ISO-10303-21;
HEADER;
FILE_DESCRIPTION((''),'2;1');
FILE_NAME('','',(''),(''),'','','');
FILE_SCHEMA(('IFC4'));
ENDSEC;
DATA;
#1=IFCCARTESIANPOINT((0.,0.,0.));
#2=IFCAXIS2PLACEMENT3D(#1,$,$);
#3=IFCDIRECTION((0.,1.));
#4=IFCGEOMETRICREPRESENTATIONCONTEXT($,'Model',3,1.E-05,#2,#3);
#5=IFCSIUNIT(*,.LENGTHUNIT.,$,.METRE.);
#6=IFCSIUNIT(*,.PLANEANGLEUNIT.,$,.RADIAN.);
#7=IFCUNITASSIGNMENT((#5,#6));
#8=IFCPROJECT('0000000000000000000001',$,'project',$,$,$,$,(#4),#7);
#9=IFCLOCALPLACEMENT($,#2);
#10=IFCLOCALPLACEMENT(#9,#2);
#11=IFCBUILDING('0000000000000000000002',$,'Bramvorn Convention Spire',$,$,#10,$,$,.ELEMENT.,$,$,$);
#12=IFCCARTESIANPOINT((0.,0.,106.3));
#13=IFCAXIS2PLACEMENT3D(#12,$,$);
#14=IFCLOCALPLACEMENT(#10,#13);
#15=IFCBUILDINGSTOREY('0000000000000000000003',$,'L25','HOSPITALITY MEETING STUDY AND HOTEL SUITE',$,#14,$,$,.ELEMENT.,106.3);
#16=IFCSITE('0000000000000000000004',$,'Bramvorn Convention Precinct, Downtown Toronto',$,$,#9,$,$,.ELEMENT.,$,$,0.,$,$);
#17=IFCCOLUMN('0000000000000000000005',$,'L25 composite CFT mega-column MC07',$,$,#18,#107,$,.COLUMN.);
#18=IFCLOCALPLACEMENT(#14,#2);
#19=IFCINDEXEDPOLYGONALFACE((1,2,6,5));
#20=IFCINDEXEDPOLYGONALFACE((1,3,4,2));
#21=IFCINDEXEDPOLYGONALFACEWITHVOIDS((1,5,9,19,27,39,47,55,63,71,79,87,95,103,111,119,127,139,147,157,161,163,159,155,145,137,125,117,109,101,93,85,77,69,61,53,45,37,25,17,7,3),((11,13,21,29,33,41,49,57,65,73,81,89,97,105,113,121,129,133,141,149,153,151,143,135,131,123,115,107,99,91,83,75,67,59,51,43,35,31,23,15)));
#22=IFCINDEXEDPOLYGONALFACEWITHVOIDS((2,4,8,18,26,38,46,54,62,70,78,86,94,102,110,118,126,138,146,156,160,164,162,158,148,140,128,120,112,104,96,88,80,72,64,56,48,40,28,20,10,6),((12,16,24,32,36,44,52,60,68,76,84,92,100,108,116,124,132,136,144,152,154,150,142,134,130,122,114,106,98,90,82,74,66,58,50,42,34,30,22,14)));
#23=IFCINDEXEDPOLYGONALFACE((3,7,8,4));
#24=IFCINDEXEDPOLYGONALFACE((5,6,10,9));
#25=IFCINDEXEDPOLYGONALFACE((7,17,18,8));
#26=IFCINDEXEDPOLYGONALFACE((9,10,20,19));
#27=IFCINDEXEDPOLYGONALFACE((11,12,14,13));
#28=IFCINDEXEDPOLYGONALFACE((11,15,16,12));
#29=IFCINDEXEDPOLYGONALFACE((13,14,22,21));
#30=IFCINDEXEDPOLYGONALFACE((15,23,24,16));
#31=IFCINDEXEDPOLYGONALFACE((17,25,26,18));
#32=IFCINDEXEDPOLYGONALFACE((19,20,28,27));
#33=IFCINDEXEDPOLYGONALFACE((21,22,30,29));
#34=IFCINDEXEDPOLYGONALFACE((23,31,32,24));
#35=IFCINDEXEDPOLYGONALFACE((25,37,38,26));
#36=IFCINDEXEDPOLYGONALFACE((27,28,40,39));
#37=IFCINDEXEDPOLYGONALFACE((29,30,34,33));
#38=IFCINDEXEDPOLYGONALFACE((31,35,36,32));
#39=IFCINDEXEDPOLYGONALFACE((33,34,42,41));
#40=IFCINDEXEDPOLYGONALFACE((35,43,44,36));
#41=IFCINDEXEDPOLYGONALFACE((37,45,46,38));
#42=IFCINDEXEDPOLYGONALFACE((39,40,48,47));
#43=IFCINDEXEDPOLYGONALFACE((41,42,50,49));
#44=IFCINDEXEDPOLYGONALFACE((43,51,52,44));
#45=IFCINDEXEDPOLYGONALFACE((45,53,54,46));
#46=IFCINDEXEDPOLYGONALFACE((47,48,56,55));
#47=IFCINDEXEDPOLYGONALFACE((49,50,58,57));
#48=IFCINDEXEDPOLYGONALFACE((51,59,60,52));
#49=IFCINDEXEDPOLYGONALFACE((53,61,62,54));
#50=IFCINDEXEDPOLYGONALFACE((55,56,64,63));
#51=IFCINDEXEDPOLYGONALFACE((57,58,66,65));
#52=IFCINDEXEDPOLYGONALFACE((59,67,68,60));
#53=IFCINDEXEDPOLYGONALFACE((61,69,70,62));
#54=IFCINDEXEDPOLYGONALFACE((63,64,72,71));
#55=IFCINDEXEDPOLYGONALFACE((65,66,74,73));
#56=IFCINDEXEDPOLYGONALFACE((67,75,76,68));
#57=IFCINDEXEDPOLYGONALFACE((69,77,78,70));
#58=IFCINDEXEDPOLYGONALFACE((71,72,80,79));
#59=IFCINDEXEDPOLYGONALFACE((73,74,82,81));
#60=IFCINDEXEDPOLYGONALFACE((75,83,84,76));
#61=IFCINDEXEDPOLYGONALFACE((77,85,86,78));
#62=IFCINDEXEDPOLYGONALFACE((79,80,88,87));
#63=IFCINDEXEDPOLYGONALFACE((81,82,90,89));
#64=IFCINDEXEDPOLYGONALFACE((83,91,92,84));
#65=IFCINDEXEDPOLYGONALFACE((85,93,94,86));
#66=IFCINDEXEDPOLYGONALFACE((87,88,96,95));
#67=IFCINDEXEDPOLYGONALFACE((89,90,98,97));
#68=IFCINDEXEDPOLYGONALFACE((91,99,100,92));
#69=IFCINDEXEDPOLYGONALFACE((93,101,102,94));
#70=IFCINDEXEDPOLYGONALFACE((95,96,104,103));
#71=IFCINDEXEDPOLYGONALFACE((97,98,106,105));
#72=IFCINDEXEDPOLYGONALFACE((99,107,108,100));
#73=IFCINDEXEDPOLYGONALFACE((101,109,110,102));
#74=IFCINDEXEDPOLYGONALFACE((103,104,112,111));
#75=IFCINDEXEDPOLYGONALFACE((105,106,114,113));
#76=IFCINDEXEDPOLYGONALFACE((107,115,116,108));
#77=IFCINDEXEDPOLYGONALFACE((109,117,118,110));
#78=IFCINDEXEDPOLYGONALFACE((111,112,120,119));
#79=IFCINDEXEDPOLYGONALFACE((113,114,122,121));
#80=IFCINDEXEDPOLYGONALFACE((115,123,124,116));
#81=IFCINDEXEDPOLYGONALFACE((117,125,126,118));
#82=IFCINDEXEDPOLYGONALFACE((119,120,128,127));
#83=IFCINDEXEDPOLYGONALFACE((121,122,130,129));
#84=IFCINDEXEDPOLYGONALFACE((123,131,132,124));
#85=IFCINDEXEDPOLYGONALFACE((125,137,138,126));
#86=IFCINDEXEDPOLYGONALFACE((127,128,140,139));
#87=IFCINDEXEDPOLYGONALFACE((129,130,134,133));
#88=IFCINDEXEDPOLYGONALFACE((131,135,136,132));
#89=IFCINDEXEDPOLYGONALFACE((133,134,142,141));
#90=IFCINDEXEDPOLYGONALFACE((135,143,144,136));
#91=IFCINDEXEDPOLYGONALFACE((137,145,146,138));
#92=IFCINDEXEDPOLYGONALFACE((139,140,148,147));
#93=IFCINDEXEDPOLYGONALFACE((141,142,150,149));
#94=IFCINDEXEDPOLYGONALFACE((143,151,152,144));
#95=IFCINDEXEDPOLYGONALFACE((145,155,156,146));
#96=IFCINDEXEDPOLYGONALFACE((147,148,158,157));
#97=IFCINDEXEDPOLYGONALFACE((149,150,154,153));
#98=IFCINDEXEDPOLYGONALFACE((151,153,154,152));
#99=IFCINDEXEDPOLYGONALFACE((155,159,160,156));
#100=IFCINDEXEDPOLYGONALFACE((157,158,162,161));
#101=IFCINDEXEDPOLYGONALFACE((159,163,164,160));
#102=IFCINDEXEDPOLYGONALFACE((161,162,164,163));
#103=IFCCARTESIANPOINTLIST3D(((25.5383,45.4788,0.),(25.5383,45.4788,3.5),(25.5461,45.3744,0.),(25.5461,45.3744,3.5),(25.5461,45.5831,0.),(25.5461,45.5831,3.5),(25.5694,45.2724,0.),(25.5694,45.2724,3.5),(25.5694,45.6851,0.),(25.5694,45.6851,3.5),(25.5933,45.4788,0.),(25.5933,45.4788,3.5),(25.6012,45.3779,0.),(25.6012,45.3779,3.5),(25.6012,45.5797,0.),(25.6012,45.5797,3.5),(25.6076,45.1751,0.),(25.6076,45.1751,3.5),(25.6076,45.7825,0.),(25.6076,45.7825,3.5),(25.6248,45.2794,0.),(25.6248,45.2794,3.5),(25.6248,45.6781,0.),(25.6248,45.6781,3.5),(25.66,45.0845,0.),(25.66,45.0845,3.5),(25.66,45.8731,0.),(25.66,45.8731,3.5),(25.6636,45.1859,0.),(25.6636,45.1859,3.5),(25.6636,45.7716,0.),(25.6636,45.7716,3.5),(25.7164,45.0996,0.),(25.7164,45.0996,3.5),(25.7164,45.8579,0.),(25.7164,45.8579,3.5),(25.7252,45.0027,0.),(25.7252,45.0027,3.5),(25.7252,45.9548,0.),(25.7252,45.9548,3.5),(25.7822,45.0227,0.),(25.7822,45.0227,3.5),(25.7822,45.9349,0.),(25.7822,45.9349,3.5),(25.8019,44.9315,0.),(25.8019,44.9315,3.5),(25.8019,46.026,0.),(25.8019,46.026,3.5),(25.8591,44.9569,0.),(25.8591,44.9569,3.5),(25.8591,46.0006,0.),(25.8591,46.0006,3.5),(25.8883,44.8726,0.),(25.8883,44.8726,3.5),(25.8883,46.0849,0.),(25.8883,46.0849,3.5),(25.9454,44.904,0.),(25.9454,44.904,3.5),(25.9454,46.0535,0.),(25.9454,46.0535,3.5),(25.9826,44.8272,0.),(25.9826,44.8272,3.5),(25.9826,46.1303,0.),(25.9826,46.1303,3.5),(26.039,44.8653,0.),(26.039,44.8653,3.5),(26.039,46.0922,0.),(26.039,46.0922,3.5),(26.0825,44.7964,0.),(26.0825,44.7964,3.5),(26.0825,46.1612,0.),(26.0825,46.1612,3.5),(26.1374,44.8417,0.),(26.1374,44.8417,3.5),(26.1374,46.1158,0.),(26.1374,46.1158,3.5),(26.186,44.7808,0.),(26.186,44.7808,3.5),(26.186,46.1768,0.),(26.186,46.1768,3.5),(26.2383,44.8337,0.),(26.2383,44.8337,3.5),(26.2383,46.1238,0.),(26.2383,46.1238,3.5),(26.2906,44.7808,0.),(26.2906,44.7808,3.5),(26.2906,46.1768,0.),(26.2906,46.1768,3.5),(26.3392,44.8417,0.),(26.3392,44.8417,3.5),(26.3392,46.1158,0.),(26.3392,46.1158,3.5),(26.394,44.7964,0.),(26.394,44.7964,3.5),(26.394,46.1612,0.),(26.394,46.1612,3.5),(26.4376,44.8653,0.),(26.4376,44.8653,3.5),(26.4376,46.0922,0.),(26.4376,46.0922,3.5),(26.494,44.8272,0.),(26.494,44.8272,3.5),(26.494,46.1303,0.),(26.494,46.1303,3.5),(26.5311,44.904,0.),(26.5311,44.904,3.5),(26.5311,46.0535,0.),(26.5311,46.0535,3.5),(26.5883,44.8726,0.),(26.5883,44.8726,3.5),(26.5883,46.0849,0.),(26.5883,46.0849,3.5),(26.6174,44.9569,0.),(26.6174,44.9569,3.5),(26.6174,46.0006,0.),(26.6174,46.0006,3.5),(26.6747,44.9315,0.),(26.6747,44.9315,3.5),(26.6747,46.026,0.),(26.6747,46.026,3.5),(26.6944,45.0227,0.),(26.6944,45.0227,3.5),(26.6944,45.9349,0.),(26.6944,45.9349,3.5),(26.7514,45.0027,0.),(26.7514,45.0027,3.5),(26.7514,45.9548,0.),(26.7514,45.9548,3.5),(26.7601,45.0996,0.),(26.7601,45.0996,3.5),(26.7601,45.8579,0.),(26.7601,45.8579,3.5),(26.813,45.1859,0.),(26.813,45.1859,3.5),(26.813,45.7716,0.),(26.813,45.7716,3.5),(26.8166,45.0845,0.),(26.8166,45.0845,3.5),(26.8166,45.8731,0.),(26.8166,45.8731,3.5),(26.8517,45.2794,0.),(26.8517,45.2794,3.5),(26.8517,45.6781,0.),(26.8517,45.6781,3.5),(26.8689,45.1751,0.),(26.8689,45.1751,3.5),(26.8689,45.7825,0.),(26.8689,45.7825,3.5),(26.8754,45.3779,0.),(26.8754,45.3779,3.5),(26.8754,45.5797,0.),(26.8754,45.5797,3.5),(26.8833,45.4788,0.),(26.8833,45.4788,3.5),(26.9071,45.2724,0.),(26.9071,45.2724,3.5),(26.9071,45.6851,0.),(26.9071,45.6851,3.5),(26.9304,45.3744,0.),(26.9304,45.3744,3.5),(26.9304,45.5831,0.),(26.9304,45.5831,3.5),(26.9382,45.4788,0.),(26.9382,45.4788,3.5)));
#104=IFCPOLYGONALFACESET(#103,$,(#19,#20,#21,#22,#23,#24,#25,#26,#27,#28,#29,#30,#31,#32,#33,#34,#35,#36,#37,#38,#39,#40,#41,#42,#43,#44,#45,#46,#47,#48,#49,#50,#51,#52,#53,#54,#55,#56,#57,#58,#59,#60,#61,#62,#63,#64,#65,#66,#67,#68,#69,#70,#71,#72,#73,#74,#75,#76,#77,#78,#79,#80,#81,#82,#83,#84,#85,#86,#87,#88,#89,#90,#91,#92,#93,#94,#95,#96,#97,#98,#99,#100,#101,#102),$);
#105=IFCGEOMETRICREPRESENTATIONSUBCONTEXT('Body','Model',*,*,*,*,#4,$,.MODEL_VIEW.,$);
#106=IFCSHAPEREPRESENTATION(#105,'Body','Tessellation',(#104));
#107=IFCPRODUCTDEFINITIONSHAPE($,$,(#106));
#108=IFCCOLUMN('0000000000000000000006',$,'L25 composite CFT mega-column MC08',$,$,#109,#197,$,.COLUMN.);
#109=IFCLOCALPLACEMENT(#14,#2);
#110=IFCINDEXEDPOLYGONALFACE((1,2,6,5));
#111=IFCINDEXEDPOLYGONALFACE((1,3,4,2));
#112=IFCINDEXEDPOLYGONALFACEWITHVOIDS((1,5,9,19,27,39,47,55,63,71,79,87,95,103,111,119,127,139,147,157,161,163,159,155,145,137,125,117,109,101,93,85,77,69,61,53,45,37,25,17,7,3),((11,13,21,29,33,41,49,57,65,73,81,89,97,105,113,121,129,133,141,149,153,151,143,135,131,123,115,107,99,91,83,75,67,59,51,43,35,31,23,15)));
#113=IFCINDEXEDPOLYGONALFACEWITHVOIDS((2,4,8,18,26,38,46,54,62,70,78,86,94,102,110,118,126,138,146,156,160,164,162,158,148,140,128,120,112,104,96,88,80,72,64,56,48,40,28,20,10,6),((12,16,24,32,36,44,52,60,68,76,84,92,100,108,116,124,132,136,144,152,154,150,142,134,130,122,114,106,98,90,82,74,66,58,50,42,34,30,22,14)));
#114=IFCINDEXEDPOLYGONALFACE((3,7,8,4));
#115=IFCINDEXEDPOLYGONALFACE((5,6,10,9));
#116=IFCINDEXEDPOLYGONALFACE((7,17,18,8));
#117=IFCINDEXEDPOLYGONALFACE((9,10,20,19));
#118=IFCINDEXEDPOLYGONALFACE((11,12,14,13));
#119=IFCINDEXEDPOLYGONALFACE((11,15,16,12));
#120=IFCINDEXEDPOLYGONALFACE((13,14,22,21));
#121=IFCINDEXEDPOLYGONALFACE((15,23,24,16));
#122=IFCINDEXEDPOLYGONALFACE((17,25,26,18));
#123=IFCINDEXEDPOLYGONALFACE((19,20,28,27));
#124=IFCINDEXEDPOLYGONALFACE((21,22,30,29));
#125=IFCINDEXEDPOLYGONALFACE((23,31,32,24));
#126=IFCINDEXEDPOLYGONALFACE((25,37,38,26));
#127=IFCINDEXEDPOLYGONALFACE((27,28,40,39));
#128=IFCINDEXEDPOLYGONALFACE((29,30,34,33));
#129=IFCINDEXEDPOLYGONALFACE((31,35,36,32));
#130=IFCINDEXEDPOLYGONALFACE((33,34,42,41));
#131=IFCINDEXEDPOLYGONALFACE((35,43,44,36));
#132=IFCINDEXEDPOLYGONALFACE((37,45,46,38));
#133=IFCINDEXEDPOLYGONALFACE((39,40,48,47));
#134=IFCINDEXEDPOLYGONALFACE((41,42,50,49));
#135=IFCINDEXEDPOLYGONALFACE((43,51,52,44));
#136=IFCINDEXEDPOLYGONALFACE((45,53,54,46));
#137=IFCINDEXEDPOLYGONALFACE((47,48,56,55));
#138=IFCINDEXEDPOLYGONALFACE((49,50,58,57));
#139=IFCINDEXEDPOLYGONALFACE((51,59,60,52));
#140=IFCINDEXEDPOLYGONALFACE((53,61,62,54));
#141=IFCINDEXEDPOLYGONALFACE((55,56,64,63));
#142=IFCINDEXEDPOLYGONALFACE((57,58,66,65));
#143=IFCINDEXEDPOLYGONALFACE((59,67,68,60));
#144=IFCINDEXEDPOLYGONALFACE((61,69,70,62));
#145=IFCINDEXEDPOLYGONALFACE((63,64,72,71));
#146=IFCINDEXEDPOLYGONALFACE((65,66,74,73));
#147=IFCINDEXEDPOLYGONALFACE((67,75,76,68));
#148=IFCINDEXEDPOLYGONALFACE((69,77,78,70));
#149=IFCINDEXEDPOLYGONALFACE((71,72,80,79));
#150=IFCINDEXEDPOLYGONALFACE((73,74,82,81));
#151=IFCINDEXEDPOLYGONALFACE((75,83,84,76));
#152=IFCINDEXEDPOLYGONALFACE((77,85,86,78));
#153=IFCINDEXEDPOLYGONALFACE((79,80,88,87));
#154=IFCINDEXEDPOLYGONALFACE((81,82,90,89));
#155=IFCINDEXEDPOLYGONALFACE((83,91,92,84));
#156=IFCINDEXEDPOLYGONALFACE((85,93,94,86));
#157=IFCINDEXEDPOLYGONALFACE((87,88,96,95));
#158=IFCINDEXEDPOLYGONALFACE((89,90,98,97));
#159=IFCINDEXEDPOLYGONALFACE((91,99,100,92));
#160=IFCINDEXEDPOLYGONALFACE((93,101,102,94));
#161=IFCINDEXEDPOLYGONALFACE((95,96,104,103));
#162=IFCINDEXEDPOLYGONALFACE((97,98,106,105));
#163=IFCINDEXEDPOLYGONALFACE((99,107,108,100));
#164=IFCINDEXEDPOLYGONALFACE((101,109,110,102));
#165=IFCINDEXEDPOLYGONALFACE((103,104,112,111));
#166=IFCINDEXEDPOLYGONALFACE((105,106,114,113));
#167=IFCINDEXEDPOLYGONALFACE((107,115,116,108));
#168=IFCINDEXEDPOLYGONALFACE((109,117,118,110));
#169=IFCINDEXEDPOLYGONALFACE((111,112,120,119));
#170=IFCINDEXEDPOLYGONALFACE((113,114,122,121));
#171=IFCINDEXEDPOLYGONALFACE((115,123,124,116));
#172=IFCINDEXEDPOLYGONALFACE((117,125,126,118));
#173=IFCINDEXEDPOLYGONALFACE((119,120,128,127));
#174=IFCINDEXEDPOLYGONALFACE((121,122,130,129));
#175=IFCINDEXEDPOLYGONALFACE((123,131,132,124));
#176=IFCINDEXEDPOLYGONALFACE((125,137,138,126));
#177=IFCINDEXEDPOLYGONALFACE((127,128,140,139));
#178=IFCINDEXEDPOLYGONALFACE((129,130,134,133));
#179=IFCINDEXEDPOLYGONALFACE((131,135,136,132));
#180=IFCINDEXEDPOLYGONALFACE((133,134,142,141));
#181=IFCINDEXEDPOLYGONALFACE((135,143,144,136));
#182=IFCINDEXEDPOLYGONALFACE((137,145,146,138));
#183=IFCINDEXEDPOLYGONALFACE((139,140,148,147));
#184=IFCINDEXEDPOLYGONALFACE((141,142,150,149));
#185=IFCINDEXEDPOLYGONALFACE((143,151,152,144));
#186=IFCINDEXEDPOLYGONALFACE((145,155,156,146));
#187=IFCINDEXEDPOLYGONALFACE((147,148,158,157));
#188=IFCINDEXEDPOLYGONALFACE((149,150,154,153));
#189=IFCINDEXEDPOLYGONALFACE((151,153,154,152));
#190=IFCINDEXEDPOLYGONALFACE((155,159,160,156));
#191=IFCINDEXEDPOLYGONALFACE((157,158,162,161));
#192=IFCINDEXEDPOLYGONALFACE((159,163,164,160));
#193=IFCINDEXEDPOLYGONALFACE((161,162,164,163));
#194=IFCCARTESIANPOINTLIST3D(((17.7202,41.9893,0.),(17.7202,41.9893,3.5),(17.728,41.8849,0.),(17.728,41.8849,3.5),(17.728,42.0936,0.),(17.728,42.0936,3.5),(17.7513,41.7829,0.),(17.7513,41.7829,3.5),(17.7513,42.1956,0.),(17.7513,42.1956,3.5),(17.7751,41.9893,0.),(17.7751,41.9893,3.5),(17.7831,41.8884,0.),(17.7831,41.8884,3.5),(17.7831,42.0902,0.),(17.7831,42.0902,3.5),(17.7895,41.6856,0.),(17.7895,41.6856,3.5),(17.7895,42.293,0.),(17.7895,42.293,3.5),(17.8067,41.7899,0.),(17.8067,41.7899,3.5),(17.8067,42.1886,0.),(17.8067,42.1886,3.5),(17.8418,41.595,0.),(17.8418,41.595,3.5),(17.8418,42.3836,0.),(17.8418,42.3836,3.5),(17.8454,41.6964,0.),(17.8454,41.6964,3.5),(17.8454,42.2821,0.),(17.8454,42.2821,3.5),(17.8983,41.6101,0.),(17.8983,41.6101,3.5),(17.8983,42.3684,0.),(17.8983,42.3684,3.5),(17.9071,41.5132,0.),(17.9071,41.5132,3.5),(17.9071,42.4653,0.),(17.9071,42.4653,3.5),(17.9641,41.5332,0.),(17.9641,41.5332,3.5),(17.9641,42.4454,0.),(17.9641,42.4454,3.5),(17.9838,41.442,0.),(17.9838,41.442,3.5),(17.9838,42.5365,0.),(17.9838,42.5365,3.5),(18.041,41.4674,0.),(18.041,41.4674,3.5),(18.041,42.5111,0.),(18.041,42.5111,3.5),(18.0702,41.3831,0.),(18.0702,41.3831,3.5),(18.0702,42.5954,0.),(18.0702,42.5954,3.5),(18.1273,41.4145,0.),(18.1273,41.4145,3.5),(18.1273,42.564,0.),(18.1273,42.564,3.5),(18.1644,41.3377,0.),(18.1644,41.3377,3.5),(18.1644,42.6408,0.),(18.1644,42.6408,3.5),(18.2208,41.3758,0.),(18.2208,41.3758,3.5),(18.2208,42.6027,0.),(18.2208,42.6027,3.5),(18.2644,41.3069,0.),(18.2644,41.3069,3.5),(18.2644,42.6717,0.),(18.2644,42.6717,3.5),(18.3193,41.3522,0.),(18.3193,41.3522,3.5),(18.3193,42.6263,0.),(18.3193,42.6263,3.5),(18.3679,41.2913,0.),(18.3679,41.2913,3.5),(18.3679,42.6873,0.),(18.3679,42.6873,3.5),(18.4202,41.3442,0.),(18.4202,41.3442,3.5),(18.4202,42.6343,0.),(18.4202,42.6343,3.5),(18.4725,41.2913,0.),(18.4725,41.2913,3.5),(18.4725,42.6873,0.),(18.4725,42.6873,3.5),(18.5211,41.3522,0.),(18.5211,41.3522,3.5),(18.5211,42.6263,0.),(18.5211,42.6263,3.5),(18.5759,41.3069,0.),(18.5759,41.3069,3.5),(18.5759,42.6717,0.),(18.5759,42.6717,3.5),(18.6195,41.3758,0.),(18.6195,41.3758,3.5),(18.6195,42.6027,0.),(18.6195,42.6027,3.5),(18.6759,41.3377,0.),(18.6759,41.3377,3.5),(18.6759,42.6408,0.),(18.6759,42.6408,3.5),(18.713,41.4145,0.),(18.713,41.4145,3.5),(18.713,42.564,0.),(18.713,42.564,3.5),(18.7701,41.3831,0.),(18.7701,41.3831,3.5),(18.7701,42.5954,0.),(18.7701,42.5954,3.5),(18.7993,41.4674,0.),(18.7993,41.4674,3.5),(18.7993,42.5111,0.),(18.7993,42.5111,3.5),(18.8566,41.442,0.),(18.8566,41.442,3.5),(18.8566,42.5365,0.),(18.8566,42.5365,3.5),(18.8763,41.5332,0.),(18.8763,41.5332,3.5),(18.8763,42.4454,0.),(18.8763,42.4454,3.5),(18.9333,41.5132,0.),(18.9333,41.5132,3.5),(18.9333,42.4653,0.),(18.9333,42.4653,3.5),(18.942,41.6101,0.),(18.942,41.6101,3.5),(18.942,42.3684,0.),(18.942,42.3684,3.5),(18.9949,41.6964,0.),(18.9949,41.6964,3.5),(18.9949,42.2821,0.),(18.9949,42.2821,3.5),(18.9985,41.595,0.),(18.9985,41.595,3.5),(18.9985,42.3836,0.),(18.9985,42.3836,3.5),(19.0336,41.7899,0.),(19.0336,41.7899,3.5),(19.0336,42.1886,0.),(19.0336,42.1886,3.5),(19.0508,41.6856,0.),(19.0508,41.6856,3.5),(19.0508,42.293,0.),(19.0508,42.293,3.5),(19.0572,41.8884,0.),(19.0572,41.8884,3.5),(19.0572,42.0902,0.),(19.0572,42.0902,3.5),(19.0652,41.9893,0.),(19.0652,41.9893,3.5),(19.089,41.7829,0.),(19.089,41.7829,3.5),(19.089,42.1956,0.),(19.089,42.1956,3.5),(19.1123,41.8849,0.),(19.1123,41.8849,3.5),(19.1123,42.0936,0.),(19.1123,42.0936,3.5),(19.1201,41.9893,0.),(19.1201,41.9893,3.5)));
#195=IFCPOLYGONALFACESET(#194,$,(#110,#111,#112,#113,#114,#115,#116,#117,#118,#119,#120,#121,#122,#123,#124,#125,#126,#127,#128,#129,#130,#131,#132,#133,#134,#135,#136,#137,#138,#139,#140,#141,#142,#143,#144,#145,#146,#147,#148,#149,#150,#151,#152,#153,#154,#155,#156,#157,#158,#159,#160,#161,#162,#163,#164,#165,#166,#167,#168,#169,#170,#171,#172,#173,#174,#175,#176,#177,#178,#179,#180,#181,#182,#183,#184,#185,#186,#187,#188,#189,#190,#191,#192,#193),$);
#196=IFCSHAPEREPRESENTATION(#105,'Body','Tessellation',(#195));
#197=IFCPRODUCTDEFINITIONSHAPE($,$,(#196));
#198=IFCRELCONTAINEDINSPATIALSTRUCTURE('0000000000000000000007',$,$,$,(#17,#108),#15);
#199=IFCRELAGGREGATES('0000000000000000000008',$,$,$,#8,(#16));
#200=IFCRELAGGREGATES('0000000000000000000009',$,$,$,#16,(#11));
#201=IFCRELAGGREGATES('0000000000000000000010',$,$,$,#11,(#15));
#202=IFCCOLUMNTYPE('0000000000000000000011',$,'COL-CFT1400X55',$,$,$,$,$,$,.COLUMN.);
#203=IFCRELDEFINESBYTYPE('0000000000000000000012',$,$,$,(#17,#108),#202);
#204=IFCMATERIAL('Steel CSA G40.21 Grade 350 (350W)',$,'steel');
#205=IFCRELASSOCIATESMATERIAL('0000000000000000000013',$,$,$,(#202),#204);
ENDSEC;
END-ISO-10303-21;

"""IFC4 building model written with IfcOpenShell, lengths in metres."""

from ifc_helpers import new_model, si_unit, direction, frame, origin, origin_2d, place, context, subcontext, project, spatial, hollow_circle, extrude, material, material_profile, profile_set, type_object, element, save


model = new_model("IFC4")

# Units and contexts
model_context = context("Model", 3, precision=1e-05, world=origin(), true_north=direction((0.0, 1.0)))
body_context = subcontext(model_context, "Body", "Model", "MODEL_VIEW")
ifc_project = project(units=[si_unit("LENGTHUNIT", "METRE"), si_unit("PLANEANGLEUNIT", "RADIAN")], contexts=[model_context])

# Site, building, storey
site_placement = place(None, origin())
site = spatial("IfcSite", under=ifc_project, at=site_placement, Name="Bramvorn Convention Precinct, Downtown Toronto", CompositionType="ELEMENT", RefElevation=0.0)
building_placement = place(site_placement, origin())
building = spatial("IfcBuilding", under=site, at=building_placement, Name="Bramvorn Convention Spire", CompositionType="ELEMENT")
storey_placement = place(building_placement, frame((0.0, 0.0, 106.3)))
storey = spatial("IfcBuildingStorey", under=building, at=storey_placement, Name="L25", Description="HOSPITALITY MEETING STUDY AND HOTEL SUITE", CompositionType="ELEMENT", Elevation=106.3)

# Columns
ifc_material_1 = material(Name="Steel CSA G40.21 Grade 350 (350W)", Category="steel")
ifc_material_profile_1 = material_profile(ifc_material_1, hollow_circle(Radius=0.7, WallThickness=0.0549, at=origin_2d()))
ifc_profile_set_1 = profile_set([ifc_material_profile_1], Name="Steel CSA G40.21 Grade 350 (350W) - CFT1400X55")
column_type = type_object("IfcColumnType", Name="COL-CFT1400X55", PredefinedType="COLUMN", material=ifc_profile_set_1)
for number, where, z_axis, x_axis, name in (
    (1, (26.2383, 45.4788, 0.0), (0.0, 0.0, 1.0), (1.0, 0.0, 0.0), "L25 composite CFT mega-column MC07"),
    (2, (18.4202, 41.9893, 0.0), (0.0, 0.0, 1.0), (1.0, 0.0, 0.0), "L25 composite CFT mega-column MC08"),
):
    element("IfcColumn", number, at=place(storey_placement, frame(where, z_axis=z_axis, x_axis=x_axis)), inside=storey, type_object=column_type, Name=name, PredefinedType="COLUMN", context=body_context, shape_type="SweptSolid", body=[
        extrude(hollow_circle(Radius=0.7, WallThickness=0.0549, at=origin_2d()), origin(), (0.0, 0.0, 1.0), 3.5),
    ])

save(model, "model.ifc")
